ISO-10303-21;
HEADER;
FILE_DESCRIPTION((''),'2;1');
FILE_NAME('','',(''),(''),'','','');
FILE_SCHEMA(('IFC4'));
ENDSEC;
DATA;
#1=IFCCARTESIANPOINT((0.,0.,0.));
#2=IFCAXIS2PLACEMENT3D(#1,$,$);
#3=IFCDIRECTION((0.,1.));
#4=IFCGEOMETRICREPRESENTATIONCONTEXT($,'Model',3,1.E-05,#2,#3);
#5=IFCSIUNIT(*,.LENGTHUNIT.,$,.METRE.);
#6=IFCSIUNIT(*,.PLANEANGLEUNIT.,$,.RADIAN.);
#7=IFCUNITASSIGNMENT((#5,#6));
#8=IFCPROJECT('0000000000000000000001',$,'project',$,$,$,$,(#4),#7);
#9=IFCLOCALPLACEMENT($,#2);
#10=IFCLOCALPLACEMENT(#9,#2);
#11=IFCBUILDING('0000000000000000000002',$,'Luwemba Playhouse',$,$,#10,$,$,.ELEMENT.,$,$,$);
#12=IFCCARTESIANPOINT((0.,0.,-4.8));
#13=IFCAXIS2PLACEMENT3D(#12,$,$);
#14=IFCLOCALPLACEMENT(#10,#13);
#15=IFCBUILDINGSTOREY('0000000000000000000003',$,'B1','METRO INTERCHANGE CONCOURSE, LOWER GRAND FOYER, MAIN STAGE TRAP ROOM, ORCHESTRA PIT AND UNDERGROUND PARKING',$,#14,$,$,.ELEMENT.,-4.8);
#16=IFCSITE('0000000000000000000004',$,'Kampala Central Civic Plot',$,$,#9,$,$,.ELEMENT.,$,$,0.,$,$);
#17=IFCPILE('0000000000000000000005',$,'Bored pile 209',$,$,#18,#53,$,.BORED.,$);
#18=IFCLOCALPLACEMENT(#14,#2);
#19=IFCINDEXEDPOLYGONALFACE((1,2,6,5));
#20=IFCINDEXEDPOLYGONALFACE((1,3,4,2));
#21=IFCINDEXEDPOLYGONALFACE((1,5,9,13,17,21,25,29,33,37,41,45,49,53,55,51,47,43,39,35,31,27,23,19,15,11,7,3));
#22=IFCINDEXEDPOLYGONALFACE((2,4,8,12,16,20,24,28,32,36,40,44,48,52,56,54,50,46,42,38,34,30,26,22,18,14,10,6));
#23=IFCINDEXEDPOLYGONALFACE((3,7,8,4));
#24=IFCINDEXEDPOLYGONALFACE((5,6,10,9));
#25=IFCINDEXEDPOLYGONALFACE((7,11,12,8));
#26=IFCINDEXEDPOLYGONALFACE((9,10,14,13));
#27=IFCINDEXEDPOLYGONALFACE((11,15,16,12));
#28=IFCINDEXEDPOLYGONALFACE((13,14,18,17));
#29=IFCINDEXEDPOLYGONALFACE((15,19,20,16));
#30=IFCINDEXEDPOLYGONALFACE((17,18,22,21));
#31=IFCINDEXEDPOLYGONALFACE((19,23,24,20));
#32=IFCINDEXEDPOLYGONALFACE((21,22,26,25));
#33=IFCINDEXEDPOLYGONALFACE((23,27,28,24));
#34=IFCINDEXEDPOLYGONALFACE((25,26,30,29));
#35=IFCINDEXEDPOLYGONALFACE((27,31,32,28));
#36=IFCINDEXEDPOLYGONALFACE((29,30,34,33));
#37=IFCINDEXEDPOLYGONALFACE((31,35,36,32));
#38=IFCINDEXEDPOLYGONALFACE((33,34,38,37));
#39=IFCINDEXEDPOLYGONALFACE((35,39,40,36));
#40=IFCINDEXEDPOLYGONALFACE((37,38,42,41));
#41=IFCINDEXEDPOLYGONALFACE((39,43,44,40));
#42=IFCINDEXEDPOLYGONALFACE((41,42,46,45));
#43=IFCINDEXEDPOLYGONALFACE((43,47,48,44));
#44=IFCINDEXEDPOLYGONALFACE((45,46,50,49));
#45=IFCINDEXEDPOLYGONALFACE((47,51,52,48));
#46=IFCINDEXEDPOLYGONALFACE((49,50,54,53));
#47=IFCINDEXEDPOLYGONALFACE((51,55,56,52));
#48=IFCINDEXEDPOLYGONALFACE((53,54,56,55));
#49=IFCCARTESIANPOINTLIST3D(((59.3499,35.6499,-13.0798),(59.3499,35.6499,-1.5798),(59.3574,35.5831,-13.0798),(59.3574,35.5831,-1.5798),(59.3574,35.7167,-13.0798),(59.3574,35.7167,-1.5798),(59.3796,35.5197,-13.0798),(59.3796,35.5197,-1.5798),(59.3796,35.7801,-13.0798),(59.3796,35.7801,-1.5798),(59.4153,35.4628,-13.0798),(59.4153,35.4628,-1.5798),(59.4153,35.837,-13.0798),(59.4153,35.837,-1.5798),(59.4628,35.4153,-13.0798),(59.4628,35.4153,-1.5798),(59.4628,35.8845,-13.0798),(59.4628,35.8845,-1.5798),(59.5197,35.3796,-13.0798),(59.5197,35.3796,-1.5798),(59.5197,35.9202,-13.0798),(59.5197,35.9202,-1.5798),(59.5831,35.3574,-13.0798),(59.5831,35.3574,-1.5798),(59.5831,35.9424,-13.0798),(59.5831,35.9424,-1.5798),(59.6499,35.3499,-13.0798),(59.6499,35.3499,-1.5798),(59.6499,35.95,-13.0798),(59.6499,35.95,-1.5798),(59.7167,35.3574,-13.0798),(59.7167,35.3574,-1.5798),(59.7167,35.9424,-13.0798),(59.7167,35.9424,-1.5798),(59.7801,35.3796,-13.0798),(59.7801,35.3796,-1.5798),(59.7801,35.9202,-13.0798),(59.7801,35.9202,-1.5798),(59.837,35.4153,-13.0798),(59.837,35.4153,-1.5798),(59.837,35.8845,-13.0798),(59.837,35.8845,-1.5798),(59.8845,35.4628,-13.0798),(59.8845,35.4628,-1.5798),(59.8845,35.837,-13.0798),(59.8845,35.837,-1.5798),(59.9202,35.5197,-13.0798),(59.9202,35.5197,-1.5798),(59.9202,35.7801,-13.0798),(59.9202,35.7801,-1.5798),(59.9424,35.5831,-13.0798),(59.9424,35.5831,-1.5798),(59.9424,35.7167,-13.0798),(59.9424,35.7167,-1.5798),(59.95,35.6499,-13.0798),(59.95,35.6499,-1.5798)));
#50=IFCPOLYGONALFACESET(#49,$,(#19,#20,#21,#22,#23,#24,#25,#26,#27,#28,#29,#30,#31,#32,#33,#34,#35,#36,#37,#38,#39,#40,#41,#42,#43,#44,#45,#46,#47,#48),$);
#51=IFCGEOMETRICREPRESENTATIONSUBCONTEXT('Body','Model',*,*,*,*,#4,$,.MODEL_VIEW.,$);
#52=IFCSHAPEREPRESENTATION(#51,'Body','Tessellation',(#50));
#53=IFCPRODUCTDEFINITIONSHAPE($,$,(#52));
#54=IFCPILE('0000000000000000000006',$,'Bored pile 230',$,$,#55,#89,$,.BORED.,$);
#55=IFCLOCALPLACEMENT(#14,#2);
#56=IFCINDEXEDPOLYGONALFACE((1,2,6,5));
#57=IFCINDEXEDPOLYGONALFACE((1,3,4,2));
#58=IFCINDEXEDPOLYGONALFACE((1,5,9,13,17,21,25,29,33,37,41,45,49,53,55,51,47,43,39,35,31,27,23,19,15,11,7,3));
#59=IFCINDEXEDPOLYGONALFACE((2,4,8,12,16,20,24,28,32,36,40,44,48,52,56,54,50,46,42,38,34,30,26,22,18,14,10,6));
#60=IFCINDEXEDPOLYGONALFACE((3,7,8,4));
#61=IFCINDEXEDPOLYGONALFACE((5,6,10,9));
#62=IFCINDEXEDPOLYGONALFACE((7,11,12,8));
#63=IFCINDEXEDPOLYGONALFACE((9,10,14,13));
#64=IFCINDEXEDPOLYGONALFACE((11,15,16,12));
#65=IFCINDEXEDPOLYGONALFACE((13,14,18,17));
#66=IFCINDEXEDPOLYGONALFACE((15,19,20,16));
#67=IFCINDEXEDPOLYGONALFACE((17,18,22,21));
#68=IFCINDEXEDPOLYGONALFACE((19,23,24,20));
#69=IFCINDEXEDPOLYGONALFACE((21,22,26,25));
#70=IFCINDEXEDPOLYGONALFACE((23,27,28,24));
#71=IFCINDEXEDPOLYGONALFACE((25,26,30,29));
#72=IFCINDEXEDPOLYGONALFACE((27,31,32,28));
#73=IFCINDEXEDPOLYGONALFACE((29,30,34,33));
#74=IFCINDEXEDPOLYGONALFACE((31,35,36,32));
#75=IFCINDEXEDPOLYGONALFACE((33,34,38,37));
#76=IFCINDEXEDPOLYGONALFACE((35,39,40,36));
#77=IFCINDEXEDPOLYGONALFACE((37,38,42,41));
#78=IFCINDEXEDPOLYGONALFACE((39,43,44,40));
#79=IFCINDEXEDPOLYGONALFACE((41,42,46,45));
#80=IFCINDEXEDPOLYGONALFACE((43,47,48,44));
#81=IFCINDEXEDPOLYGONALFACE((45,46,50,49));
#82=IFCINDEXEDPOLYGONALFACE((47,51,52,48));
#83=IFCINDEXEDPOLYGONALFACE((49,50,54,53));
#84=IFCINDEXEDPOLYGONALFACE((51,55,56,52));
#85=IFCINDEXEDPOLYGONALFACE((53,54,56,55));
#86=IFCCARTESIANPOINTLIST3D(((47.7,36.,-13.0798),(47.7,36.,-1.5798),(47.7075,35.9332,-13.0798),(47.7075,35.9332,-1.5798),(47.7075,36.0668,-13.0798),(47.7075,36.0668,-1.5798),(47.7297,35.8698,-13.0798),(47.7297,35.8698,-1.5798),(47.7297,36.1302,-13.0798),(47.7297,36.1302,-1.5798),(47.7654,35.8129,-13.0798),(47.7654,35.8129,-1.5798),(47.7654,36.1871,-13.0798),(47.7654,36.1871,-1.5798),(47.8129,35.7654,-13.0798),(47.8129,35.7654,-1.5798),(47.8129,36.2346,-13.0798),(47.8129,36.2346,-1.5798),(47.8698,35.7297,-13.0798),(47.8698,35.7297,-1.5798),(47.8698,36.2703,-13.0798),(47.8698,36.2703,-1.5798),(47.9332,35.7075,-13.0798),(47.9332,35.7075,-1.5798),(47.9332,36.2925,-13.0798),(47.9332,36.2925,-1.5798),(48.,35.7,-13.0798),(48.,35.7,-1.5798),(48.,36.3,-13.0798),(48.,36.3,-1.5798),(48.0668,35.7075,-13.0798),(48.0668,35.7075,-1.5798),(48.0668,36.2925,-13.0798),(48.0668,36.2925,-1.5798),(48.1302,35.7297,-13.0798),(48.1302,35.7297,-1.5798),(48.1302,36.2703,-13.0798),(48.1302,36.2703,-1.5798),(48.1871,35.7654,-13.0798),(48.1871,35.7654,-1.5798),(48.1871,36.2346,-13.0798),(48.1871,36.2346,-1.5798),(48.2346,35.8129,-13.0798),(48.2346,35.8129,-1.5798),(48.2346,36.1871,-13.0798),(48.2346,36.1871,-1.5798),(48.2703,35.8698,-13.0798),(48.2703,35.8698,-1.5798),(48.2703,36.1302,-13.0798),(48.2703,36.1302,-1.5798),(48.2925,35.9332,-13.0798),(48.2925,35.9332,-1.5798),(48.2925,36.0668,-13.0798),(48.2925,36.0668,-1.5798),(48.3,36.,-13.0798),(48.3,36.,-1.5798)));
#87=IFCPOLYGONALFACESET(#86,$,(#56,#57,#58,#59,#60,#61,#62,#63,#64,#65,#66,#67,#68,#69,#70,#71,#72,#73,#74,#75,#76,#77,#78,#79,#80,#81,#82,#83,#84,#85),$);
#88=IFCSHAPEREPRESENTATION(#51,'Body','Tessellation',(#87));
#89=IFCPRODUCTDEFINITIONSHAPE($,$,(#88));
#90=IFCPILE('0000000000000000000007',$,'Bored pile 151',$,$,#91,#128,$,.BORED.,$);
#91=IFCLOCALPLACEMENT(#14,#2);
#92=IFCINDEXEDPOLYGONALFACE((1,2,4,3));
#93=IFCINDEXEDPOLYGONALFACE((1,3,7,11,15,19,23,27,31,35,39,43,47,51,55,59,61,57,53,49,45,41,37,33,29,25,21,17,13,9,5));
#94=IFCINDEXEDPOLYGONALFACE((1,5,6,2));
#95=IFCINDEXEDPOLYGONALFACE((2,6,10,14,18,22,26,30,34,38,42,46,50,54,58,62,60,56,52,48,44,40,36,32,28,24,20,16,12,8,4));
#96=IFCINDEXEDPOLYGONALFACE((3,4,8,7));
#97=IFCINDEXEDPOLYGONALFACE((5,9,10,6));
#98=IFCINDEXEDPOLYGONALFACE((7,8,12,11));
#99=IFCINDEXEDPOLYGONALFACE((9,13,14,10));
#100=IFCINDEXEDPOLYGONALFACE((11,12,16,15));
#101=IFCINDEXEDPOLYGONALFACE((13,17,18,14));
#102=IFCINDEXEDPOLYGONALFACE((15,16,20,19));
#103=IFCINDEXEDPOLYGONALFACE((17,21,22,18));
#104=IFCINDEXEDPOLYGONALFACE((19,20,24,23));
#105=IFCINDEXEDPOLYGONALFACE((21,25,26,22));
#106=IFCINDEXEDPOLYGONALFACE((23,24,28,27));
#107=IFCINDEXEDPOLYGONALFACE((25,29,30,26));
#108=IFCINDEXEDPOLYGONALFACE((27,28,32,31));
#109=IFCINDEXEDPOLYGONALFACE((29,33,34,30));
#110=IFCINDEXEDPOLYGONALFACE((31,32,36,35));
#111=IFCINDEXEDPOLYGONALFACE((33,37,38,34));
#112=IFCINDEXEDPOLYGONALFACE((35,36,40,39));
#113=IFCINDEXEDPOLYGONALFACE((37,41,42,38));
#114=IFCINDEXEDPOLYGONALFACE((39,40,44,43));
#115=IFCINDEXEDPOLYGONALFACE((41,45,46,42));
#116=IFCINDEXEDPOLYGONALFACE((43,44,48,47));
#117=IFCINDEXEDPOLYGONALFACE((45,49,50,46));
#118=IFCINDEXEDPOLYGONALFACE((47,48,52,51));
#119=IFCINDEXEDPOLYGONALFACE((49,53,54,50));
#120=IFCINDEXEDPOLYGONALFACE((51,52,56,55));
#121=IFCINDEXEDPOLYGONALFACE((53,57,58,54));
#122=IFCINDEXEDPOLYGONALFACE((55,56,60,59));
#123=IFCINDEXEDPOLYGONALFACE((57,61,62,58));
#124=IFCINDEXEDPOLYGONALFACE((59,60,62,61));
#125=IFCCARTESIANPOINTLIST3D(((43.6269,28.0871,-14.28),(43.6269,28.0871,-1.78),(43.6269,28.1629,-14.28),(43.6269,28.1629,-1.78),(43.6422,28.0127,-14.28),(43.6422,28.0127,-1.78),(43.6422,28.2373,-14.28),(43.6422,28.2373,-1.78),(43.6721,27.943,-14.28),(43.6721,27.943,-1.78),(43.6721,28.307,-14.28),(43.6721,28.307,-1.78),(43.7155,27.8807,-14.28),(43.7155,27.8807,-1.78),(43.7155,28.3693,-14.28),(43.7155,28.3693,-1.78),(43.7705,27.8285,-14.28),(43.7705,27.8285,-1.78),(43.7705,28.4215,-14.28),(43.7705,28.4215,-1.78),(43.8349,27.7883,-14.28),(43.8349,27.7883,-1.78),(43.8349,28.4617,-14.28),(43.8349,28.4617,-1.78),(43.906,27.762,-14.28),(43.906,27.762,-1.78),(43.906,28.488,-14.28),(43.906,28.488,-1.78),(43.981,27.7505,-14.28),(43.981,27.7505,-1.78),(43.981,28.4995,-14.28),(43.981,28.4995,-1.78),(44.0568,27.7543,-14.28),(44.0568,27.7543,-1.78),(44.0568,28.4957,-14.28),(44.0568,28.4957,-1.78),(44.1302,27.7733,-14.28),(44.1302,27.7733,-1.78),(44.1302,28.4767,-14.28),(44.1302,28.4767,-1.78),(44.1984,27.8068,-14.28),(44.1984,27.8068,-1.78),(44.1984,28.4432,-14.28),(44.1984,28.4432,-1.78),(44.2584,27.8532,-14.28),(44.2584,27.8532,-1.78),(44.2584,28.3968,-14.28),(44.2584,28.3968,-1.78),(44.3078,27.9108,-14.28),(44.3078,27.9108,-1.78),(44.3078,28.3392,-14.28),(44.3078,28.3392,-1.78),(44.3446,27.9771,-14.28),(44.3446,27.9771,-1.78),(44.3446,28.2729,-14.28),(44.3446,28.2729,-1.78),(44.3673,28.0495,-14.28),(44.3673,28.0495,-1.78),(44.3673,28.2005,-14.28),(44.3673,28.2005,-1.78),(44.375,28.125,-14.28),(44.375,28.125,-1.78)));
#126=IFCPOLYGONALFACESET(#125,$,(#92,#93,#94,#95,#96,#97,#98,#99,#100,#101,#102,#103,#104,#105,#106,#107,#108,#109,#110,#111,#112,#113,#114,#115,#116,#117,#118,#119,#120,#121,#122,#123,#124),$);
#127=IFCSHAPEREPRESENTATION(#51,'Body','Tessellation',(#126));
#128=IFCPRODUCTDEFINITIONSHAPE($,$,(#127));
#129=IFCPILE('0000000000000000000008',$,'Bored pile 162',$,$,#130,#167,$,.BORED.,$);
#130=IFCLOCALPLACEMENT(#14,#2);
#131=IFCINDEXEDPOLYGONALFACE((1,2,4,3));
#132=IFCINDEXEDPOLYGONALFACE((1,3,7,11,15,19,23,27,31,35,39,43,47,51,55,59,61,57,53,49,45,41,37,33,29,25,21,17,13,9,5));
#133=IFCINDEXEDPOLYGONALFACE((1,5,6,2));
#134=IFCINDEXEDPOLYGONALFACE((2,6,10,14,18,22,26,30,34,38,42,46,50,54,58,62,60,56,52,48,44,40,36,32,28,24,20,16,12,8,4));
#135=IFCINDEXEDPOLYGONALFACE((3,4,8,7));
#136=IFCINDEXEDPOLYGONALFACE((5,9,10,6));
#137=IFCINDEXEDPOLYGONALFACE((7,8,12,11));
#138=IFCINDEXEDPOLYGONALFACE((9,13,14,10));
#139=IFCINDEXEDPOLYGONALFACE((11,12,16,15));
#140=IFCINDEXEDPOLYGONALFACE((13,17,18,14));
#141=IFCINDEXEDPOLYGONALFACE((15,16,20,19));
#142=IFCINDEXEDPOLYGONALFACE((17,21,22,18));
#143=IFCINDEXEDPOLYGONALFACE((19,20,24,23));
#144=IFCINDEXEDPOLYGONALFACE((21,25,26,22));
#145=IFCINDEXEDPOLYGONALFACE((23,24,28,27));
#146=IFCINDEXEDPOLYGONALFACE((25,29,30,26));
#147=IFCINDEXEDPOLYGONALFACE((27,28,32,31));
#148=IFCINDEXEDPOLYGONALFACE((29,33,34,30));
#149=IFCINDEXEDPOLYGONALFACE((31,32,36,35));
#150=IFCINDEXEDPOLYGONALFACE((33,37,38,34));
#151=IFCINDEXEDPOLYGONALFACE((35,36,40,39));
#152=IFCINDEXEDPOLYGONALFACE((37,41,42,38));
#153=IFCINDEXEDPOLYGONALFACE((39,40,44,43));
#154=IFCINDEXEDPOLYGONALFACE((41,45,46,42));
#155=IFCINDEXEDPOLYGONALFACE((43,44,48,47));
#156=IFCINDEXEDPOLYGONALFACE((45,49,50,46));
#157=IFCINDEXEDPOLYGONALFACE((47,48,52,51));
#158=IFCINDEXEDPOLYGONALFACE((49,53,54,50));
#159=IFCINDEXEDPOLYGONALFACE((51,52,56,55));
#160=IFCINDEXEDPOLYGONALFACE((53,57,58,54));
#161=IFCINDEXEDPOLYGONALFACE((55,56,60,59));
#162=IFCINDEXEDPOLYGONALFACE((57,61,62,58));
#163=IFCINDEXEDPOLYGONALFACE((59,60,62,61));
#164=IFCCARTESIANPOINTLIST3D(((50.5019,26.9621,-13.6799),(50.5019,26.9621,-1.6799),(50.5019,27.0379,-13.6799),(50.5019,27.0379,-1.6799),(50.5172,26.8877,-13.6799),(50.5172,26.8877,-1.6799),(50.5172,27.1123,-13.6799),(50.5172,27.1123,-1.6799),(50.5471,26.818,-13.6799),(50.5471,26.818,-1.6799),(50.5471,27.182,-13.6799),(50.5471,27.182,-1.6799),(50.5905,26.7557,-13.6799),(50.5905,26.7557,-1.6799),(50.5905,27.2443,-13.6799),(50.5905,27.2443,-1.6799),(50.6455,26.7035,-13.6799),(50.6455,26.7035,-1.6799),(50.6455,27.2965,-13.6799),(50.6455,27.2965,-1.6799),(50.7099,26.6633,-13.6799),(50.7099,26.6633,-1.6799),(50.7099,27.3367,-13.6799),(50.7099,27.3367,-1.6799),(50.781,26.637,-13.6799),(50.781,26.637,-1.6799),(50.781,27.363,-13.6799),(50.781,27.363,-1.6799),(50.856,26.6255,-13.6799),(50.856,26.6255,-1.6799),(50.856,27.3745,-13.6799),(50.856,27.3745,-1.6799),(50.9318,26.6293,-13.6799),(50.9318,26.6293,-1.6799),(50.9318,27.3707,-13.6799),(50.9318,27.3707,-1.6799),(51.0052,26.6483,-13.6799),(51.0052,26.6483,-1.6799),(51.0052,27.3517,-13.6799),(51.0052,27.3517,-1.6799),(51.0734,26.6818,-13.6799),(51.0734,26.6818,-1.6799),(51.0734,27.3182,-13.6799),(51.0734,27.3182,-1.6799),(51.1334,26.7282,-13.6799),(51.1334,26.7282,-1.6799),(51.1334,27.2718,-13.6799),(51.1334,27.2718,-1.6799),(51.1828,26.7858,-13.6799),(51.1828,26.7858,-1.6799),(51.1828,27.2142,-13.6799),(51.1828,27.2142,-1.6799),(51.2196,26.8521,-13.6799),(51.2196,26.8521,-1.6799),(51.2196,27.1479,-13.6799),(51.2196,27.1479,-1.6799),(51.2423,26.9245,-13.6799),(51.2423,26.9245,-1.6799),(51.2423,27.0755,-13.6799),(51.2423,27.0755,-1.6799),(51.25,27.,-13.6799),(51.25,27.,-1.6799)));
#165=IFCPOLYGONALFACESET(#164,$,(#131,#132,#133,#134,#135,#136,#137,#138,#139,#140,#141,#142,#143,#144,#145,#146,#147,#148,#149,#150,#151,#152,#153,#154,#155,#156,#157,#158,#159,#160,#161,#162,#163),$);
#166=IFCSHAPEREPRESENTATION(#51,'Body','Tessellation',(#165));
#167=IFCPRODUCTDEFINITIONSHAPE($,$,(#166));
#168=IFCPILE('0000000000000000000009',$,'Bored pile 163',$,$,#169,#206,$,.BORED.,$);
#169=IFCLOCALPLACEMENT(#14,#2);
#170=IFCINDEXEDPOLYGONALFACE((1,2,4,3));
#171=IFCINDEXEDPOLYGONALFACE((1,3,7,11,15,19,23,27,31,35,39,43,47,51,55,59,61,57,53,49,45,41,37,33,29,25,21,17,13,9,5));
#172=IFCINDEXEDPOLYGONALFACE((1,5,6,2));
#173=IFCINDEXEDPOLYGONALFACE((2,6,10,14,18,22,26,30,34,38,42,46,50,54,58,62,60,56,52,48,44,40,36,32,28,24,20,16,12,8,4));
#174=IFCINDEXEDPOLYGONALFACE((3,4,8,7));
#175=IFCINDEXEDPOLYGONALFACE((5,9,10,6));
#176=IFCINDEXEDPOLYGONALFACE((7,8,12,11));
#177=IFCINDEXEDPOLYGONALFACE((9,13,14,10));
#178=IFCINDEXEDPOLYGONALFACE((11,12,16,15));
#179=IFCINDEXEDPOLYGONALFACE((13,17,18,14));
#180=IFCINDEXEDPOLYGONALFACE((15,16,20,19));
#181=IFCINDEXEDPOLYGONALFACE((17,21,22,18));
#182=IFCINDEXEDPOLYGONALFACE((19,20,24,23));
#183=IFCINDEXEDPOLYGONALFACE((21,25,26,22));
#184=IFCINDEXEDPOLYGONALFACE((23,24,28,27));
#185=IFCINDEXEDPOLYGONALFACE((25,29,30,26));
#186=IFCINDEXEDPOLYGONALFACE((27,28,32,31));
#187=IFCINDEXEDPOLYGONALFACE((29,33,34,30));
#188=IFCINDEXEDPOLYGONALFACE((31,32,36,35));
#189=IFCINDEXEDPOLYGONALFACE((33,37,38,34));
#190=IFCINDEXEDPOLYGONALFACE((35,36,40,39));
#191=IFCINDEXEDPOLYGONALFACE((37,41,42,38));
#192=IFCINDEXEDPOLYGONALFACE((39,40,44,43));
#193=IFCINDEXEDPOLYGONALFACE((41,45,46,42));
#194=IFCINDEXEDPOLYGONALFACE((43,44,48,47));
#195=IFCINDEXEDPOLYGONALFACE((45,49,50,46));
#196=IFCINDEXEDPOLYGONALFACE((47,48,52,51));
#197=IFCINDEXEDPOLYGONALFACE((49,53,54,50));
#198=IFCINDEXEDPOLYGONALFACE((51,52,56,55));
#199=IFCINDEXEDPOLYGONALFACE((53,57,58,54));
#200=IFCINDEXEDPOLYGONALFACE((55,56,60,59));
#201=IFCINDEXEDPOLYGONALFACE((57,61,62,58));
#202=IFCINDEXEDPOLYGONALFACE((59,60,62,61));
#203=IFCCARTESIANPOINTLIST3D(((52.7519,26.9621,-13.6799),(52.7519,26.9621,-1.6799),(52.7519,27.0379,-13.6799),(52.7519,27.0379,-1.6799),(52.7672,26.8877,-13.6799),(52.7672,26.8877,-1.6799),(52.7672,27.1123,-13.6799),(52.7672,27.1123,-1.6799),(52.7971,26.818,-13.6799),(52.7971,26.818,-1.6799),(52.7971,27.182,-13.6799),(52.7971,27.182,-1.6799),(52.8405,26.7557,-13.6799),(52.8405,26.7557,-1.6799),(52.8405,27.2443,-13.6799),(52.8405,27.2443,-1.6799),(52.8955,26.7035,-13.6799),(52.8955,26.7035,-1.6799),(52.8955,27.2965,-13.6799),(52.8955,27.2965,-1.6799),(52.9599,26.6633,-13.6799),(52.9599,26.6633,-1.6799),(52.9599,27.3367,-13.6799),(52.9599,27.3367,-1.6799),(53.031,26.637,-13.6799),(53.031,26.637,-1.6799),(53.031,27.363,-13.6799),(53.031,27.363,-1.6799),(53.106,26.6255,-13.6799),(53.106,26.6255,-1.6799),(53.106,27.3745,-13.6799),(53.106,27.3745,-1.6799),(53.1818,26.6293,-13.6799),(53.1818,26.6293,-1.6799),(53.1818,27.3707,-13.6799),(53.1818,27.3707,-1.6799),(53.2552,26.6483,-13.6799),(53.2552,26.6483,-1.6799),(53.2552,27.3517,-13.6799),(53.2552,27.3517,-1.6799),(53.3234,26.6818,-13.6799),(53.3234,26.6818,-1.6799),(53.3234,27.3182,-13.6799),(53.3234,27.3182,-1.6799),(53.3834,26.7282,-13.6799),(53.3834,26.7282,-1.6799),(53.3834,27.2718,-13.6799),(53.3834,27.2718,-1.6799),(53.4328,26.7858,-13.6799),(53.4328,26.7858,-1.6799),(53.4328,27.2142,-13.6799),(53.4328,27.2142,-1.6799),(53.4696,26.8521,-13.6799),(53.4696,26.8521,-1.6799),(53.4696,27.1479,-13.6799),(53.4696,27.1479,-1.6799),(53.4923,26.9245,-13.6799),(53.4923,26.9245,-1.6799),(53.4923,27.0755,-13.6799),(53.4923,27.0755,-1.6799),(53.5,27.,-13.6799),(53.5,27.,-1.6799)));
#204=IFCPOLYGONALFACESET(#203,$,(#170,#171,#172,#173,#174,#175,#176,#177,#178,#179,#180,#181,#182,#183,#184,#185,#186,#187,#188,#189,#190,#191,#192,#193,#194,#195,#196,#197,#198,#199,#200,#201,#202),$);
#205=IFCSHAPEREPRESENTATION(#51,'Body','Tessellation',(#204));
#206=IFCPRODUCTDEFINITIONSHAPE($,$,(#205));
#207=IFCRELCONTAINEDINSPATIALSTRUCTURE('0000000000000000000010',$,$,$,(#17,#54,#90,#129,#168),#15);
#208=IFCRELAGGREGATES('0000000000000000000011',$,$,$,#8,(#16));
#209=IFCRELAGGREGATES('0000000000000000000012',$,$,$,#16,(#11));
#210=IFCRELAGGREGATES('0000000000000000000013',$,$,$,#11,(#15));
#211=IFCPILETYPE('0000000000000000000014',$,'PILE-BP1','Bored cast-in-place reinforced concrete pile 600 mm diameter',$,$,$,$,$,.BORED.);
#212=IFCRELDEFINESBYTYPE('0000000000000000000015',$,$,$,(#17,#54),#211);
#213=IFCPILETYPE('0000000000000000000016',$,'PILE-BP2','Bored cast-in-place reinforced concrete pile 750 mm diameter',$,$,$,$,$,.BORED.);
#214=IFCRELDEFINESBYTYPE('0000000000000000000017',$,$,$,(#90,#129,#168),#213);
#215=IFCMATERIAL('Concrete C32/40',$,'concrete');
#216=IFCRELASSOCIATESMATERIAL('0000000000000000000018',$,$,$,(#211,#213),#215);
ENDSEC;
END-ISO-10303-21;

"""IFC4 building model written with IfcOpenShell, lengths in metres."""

from ifc_helpers import new_model, si_unit, direction, frame, origin, origin_2d, place, context, subcontext, project, spatial, circle, extrude, material, material_profile, profile_set, type_object, element, save


model = new_model("IFC4")

# Units and contexts
model_context = context("Model", 3, precision=1e-05, world=origin(), true_north=direction((0.0, 1.0)))
body_context = subcontext(model_context, "Body", "Model", "MODEL_VIEW")
ifc_project = project(units=[si_unit("LENGTHUNIT", "METRE"), si_unit("PLANEANGLEUNIT", "RADIAN")], contexts=[model_context])

# Site, building, storey
site_placement = place(None, origin())
site = spatial("IfcSite", under=ifc_project, at=site_placement, Name="Kampala Central Civic Plot", CompositionType="ELEMENT", RefElevation=0.0)
building_placement = place(site_placement, origin())
building = spatial("IfcBuilding", under=site, at=building_placement, Name="Luwemba Playhouse", CompositionType="ELEMENT")
storey_placement = place(building_placement, frame((0.0, 0.0, -4.8)))
storey = spatial("IfcBuildingStorey", under=building, at=storey_placement, Name="B1", Description="METRO INTERCHANGE CONCOURSE, LOWER GRAND FOYER, MAIN STAGE TRAP ROOM, ORCHESTRA PIT AND UNDERGROUND PARKING", CompositionType="ELEMENT", Elevation=-4.8)

# Shared definitions
ifc_material_1 = material(Name="Concrete C32/40", Category="concrete")

# Piles
ifc_material_profile_1 = material_profile(ifc_material_1, circle(Radius=0.3, at=origin_2d()))
ifc_profile_set_1 = profile_set([ifc_material_profile_1], Name="Concrete C32/40")
pile_type_1 = type_object("IfcPileType", Name="PILE-BP1", Description="Bored cast-in-place reinforced concrete pile 600 mm diameter", PredefinedType="BORED", material=ifc_profile_set_1)
for number, where, z_axis, x_axis, name in (
    (1, (59.6499, 35.6499, -1.5798), (0.0, 0.0, -1.0), (1.0, 0.0, 0.0), "Bored pile 209"),
    (2, (48.0, 36.0, -1.5798), (0.0, 0.0, -1.0), (1.0, 0.0, 0.0), "Bored pile 230"),
):
    element("IfcPile", number, at=place(storey_placement, frame(where, z_axis=z_axis, x_axis=x_axis)), inside=storey, type_object=pile_type_1, Name=name, PredefinedType="BORED", context=body_context, shape_type="SweptSolid", body=[
        extrude(circle(Radius=0.3, at=origin_2d()), origin(), (0.0, 0.0, 1.0), 11.5),
    ])
ifc_material_profile_2 = material_profile(ifc_material_1, circle(Radius=0.375, at=origin_2d()))
ifc_profile_set_2 = profile_set([ifc_material_profile_2], Name="Concrete C32/40")
pile_type_2 = type_object("IfcPileType", Name="PILE-BP2", Description="Bored cast-in-place reinforced concrete pile 750 mm diameter", PredefinedType="BORED", material=ifc_profile_set_2)
pile_1_placement = place(storey_placement, frame((44.0, 28.125, -1.78), z_axis=(0.0, 0.0, -1.0), x_axis=(1.0, 0.0, 0.0)))
element("IfcPile", 3, at=pile_1_placement, inside=storey, type_object=pile_type_2, Name="Bored pile 151", PredefinedType="BORED", context=body_context, shape_type="SweptSolid", body=[
    extrude(circle(Radius=0.375, at=origin_2d()), origin(), (0.0, 0.0, 1.0), 12.5),
])
for number, where, z_axis, x_axis, name in (
    (4, (50.875, 27.0, -1.6799), (0.0, 0.0, -1.0), (1.0, 0.0, 0.0), "Bored pile 162"),
    (5, (53.125, 27.0, -1.6799), (0.0, 0.0, -1.0), (1.0, 0.0, 0.0), "Bored pile 163"),
):
    element("IfcPile", number, at=place(storey_placement, frame(where, z_axis=z_axis, x_axis=x_axis)), inside=storey, type_object=pile_type_2, Name=name, PredefinedType="BORED", context=body_context, shape_type="SweptSolid", body=[
        extrude(circle(Radius=0.375, at=origin_2d()), origin(), (0.0, 0.0, 1.0), 12.0),
    ])

save(model, "model.ifc")
